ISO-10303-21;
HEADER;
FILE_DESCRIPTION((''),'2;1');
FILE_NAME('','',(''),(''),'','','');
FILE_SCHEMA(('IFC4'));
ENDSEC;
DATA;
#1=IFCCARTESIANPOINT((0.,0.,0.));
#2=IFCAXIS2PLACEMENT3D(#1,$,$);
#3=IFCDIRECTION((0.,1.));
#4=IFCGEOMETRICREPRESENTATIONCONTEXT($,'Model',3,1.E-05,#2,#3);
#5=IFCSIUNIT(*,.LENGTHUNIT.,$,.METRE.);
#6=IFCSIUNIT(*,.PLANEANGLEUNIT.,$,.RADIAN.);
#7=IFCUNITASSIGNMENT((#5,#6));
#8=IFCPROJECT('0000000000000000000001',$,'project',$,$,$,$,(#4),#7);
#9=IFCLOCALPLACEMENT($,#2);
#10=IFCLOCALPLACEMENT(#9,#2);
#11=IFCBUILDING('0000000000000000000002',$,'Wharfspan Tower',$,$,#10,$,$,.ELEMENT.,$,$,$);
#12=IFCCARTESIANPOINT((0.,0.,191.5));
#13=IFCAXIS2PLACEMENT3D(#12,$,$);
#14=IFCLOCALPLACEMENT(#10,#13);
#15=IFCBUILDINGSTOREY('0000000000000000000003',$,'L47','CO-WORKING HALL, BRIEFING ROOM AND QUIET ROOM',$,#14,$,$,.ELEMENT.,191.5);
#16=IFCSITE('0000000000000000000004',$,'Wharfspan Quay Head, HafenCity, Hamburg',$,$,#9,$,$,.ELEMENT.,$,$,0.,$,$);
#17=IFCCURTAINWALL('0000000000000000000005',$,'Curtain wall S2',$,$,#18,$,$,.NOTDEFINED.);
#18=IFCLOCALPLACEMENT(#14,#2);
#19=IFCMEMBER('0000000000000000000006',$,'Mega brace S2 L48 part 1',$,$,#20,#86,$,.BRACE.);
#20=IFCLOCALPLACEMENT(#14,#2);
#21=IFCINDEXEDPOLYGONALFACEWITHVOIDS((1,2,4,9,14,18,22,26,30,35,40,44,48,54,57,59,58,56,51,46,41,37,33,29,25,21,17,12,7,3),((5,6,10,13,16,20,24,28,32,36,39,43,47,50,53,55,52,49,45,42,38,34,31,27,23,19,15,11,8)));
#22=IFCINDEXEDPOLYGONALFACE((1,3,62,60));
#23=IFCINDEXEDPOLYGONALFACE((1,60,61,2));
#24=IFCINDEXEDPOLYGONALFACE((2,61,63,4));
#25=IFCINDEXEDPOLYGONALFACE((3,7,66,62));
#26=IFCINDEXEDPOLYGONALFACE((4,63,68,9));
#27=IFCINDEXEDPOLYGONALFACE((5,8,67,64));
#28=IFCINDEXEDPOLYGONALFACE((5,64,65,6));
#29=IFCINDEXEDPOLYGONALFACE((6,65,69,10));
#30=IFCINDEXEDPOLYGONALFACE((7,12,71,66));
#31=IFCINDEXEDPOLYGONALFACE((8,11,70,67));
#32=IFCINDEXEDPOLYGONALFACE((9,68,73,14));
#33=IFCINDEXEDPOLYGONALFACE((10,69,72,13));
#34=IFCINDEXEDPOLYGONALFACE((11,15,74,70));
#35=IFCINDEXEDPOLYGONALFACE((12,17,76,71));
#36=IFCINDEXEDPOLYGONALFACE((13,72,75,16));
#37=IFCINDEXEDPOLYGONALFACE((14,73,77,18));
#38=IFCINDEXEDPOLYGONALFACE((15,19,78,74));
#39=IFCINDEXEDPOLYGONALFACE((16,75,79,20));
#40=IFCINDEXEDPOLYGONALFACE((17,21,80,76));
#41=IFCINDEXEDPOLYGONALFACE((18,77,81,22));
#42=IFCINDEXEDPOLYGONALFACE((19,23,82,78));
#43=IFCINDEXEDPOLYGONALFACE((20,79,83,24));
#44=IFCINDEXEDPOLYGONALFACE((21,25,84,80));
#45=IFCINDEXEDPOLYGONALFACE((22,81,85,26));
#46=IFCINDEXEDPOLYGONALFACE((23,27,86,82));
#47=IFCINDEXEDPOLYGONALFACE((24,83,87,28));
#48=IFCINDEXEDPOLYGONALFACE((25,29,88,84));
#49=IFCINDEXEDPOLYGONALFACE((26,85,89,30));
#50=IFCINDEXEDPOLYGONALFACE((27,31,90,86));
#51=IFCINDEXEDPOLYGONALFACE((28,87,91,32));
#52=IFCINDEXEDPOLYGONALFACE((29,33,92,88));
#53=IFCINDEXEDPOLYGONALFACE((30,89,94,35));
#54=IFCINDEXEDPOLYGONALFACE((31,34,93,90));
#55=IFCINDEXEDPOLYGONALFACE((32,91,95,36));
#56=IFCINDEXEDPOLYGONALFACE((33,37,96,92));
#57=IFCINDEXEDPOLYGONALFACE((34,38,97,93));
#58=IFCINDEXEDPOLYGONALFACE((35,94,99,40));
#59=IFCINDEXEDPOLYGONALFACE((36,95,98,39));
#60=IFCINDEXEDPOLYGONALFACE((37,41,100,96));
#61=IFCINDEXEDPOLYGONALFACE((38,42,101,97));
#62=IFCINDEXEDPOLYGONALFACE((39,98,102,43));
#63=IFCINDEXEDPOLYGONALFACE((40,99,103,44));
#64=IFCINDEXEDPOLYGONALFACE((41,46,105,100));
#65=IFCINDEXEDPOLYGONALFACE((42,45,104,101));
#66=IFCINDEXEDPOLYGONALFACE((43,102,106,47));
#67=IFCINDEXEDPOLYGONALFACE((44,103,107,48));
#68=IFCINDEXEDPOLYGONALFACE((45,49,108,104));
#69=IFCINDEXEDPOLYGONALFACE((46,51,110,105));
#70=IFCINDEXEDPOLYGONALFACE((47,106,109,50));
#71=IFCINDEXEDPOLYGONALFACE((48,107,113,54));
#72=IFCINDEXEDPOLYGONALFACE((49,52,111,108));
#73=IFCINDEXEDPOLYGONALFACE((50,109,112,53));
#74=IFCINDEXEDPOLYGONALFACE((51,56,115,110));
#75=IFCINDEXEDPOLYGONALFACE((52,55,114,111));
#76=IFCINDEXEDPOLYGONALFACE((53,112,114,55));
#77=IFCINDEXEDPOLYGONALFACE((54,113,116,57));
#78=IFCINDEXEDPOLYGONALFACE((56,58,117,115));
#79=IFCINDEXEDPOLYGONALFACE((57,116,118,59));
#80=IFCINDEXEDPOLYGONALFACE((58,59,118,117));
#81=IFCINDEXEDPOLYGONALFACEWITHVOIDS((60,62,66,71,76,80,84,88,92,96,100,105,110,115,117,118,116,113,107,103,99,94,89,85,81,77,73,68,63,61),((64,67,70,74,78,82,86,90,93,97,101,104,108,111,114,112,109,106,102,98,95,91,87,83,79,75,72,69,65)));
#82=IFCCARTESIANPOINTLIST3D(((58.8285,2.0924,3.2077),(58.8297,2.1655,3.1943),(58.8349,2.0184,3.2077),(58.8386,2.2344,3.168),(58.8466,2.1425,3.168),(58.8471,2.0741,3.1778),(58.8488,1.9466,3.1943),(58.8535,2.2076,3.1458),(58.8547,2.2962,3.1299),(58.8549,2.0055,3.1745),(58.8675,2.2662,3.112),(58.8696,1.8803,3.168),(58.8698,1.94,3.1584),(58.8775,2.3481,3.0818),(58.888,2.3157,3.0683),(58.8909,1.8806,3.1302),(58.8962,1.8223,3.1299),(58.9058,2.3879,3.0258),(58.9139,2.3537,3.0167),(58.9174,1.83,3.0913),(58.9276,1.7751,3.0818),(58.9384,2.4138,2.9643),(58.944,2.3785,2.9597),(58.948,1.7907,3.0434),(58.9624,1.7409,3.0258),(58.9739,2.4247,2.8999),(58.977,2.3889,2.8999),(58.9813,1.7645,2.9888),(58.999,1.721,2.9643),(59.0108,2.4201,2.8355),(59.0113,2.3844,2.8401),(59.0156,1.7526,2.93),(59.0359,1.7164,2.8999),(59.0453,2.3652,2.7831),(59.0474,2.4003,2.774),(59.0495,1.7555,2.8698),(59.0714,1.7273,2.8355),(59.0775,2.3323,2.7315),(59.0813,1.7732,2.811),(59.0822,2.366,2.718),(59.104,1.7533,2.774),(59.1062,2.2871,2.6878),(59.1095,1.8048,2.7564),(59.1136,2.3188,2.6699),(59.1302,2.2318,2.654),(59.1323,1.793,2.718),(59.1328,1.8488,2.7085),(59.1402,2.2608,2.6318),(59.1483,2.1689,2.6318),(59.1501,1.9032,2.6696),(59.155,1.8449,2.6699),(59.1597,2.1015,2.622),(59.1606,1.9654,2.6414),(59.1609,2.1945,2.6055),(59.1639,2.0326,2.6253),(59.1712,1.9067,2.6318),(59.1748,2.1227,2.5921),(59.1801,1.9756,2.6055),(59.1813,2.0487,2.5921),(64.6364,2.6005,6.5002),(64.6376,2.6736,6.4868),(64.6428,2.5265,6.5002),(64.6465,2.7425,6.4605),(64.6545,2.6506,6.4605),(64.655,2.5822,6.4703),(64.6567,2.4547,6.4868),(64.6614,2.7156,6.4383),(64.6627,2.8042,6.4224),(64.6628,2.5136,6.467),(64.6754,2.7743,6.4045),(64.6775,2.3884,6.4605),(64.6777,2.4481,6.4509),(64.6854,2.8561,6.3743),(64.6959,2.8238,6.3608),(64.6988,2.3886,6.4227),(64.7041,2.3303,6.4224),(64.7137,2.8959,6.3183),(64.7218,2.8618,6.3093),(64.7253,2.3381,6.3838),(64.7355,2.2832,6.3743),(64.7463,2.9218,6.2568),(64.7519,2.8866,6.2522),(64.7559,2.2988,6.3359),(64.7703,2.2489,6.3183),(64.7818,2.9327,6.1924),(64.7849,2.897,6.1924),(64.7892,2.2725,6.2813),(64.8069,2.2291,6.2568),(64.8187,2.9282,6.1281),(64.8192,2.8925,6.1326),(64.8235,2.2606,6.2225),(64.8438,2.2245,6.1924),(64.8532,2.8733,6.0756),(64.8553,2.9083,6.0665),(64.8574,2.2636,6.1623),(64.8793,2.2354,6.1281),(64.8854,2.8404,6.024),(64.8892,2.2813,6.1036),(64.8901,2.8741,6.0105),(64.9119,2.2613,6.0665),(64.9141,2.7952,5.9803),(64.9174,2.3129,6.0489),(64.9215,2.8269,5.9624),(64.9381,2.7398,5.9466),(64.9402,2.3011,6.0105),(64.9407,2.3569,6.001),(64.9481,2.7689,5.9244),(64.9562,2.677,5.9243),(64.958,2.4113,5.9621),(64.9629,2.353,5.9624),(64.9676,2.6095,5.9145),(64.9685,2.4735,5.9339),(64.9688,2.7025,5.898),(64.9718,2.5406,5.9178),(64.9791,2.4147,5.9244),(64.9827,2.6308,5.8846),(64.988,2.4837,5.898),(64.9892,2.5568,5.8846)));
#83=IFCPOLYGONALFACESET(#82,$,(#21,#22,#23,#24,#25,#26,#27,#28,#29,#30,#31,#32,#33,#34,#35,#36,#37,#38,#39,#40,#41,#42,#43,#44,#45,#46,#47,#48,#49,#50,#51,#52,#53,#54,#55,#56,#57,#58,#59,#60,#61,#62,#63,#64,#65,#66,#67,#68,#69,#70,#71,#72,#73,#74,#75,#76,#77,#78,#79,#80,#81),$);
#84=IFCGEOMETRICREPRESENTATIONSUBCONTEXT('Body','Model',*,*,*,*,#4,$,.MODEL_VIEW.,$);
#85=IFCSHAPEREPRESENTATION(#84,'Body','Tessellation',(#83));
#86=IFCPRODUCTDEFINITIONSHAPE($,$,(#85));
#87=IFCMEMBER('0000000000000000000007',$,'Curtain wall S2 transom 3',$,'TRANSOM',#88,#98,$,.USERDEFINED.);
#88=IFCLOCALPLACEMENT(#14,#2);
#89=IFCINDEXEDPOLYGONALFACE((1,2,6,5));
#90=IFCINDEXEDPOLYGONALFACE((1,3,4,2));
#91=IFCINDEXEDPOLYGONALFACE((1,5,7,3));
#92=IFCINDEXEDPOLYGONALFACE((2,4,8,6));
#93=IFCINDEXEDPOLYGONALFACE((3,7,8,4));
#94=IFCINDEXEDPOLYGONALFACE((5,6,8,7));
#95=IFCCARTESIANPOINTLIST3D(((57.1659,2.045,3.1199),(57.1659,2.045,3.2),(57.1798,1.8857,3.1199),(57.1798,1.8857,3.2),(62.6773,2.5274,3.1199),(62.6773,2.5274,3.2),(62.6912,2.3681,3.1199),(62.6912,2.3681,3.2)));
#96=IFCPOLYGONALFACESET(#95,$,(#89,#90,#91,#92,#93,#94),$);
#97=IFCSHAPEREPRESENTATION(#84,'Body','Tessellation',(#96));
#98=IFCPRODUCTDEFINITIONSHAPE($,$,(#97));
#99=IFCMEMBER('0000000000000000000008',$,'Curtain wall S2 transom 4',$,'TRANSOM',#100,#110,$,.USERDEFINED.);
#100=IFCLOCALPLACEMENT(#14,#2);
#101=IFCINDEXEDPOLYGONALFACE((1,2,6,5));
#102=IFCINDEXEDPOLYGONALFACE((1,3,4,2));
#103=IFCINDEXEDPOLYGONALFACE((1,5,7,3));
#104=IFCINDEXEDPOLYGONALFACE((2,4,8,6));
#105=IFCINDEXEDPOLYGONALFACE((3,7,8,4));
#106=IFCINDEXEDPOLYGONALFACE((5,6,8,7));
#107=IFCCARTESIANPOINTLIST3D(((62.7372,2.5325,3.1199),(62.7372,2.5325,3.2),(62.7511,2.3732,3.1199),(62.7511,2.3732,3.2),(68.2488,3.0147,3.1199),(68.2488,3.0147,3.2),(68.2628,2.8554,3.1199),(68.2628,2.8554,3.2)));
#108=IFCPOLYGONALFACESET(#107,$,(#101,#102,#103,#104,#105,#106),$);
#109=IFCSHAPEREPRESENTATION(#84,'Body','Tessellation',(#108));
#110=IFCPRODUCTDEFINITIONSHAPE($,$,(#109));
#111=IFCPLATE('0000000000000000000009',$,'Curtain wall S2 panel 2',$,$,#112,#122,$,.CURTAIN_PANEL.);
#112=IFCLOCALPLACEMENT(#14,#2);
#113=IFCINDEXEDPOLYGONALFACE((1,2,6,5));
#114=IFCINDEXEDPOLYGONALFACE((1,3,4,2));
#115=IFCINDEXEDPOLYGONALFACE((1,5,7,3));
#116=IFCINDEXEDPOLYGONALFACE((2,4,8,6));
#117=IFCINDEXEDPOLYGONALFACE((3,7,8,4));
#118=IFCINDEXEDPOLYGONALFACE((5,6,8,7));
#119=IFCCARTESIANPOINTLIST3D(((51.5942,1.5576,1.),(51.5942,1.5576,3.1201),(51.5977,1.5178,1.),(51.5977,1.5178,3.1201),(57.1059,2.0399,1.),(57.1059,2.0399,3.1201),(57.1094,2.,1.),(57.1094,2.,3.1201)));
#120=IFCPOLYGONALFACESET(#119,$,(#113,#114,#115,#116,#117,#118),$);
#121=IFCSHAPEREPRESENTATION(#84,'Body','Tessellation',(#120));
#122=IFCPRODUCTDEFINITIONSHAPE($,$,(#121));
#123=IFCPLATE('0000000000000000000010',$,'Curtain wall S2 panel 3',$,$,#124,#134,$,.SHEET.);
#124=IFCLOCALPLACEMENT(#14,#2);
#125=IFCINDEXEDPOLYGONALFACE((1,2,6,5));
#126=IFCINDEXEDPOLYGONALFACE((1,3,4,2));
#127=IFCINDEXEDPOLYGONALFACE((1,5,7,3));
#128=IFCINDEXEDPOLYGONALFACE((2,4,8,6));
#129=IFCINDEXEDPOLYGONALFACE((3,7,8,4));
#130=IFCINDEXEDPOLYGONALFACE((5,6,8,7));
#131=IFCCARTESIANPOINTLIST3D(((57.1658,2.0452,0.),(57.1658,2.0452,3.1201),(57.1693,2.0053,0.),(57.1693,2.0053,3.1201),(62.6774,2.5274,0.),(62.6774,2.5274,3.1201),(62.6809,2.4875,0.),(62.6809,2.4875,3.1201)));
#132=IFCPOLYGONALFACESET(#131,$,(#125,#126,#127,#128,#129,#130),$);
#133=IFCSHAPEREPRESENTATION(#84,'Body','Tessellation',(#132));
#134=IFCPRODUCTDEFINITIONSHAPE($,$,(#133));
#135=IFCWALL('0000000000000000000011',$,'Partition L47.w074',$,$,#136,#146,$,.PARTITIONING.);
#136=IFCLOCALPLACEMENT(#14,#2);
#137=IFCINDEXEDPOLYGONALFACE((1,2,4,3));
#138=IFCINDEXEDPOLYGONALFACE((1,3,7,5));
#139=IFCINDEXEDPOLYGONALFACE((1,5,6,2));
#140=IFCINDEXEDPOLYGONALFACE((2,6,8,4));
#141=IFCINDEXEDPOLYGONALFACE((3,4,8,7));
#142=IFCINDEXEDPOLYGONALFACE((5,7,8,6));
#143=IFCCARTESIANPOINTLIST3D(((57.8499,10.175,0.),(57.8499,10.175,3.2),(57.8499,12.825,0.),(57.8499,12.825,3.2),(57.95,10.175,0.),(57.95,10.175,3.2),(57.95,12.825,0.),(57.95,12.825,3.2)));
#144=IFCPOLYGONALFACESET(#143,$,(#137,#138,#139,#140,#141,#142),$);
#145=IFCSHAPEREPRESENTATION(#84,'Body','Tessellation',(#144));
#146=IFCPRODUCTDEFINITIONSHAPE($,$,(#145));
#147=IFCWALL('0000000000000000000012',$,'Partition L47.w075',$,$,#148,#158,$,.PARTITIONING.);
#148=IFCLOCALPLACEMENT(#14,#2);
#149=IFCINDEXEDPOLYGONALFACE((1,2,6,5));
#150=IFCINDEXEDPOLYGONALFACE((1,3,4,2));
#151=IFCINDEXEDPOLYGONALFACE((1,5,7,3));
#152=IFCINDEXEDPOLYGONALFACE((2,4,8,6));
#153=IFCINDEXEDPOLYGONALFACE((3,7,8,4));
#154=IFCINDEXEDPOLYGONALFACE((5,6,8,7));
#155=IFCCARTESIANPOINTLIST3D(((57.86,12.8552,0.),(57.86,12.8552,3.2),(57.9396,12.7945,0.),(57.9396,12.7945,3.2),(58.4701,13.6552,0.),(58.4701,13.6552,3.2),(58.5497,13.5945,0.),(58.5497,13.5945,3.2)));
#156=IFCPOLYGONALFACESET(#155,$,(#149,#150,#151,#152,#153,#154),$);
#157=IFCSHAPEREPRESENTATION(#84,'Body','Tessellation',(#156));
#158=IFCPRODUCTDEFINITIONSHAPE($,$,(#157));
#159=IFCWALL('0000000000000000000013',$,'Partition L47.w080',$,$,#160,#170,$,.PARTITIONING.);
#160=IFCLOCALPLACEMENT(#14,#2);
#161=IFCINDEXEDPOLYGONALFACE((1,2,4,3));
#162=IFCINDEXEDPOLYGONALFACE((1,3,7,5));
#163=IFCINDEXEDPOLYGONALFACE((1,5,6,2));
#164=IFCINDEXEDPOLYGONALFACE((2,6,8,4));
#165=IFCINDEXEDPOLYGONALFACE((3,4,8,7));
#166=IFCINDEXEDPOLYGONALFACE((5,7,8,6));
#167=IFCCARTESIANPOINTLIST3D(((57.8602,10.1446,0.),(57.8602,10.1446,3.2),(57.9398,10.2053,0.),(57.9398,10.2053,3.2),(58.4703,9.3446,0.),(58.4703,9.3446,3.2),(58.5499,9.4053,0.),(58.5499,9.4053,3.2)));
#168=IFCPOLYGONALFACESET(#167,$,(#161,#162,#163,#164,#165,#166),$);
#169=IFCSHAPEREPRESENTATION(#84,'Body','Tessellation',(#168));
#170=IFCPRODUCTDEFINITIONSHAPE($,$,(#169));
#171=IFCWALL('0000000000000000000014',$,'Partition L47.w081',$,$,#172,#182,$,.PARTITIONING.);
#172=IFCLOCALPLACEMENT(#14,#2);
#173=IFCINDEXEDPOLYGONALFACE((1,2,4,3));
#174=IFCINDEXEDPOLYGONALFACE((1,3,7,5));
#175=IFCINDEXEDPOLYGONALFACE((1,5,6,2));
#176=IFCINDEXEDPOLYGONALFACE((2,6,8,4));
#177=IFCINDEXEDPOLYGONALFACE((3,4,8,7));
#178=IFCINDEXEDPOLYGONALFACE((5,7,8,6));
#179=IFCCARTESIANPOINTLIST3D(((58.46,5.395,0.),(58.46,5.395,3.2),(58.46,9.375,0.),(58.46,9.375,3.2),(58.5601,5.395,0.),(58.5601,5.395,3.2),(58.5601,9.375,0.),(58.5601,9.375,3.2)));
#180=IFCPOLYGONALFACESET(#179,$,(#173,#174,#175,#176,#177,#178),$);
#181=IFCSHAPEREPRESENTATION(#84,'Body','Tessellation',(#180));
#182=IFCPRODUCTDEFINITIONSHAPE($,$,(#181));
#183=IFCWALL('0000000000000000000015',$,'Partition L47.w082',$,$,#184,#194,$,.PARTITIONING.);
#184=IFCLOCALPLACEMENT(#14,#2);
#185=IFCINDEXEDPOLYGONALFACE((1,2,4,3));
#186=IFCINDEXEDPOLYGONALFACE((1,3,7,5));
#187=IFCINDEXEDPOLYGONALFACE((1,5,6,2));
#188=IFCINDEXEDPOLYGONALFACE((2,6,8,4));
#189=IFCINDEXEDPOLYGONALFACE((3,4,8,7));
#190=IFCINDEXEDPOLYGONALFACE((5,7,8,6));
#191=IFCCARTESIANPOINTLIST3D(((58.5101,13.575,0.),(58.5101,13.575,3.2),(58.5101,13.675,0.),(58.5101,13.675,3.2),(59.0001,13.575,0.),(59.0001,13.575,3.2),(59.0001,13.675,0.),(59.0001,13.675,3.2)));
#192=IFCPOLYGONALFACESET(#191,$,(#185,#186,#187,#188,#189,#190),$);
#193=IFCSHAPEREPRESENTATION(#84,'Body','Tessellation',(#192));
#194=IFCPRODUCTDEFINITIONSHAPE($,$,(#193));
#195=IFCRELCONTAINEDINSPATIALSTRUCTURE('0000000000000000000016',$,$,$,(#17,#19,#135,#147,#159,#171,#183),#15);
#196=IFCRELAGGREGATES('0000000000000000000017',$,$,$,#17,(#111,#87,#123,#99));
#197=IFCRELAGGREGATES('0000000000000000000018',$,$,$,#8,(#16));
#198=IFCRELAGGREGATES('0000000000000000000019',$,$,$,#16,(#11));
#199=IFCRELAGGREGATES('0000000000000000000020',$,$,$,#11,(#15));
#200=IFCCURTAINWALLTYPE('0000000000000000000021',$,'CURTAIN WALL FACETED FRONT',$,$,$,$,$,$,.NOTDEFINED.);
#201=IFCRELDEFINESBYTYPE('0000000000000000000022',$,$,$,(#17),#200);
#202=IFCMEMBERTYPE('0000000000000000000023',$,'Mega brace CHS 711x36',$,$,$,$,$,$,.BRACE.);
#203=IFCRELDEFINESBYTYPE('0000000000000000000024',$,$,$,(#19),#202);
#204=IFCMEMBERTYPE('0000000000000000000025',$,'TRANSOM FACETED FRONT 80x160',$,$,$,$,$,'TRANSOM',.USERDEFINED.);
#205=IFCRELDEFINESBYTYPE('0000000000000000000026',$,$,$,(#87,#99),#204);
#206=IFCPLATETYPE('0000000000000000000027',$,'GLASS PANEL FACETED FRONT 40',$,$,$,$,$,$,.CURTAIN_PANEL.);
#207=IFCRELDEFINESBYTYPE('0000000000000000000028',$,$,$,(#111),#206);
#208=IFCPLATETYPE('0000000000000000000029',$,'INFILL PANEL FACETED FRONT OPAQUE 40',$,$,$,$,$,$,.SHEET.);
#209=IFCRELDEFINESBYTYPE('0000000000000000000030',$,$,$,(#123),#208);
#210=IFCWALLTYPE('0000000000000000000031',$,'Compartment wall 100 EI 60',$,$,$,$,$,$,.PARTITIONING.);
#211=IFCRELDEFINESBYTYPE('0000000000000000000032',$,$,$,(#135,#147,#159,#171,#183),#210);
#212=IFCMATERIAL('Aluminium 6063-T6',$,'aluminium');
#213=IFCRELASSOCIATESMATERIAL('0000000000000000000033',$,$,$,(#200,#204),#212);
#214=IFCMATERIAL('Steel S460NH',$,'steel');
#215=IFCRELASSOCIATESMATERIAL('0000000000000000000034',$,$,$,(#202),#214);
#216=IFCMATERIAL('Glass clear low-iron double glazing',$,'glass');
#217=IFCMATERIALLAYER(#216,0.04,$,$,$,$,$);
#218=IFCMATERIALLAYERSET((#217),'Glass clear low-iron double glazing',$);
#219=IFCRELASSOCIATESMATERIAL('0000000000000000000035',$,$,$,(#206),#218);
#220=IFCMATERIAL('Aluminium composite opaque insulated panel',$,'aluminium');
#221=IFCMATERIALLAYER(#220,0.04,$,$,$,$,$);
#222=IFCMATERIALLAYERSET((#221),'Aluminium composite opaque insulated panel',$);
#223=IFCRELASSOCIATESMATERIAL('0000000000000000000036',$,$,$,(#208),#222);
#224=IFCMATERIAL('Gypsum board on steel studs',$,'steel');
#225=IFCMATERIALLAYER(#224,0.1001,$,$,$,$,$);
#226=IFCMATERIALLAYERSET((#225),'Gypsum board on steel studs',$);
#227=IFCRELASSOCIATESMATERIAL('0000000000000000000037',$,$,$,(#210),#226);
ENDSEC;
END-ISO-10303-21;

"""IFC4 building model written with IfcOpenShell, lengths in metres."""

from ifc_helpers import new_model, si_unit, direction, frame, frame_2d, origin, origin_2d, place, context, subcontext, project, spatial, rectangle, hollow_circle, extrude, material, layer, layer_set, material_profile, profile_set, type_object, element, aggregate, save


model = new_model("IFC4")

# Units and contexts
model_context = context("Model", 3, precision=1e-05, world=origin(), true_north=direction((0.0, 1.0)))
body_context = subcontext(model_context, "Body", "Model", "MODEL_VIEW")
ifc_project = project(units=[si_unit("LENGTHUNIT", "METRE"), si_unit("PLANEANGLEUNIT", "RADIAN")], contexts=[model_context])

# Site, building, storey
site_placement = place(None, origin())
site = spatial("IfcSite", under=ifc_project, at=site_placement, Name="Wharfspan Quay Head, HafenCity, Hamburg", CompositionType="ELEMENT", RefElevation=0.0)
building_placement = place(site_placement, origin())
building = spatial("IfcBuilding", under=site, at=building_placement, Name="Wharfspan Tower", CompositionType="ELEMENT")
storey_placement = place(building_placement, frame((0.0, 0.0, 191.5)))
storey = spatial("IfcBuildingStorey", under=building, at=storey_placement, Name="L47", Description="CO-WORKING HALL, BRIEFING ROOM AND QUIET ROOM", CompositionType="ELEMENT", Elevation=191.5)

# Curtain wall
ifc_material_1 = material(Name="Aluminium 6063-T6", Category="aluminium")
curtain_wall_type = type_object("IfcCurtainWallType", Name="CURTAIN WALL FACETED FRONT", PredefinedType="NOTDEFINED", material=ifc_material_1)
curtain_wall_placement = place(storey_placement, origin())
curtain_wall = element("IfcCurtainWall", 1, at=curtain_wall_placement, inside=storey, type_object=curtain_wall_type, Name="Curtain wall S2", PredefinedType="NOTDEFINED")

# Members
ifc_material_2 = material(Name="Steel S460NH", Category="steel")
ifc_material_profile_1 = material_profile(ifc_material_2, hollow_circle(Radius=0.3555, WallThickness=0.0359, at=origin_2d()))
ifc_profile_set_1 = profile_set([ifc_material_profile_1], Name="Steel S460NH")
member_type_1 = type_object("IfcMemberType", Name="Mega brace CHS 711x36", PredefinedType="BRACE", material=ifc_profile_set_1)
member_1_placement = place(storey_placement, frame((59.0049, 2.0706, 2.8999), z_axis=(0.867427, 0.07588, 0.491745), x_axis=(-0.087145, 0.996197, 0.000001)))
element("IfcMember", 2, at=member_1_placement, inside=storey, type_object=member_type_1, Name="Mega brace S2 L48 part 1", PredefinedType="BRACE", context=body_context, shape_type="SweptSolid", body=[
    extrude(hollow_circle(Radius=0.3555, WallThickness=0.0359, at=origin_2d()), origin(), (0.0, 0.0, 1.0), 6.6956),
])
ifc_material_profile_2 = material_profile(ifc_material_1, rectangle(XDim=0.1599, YDim=0.0801, at=origin_2d()))
ifc_profile_set_2 = profile_set([ifc_material_profile_2], Name="Aluminium 6063-T6")
member_type_2 = type_object("IfcMemberType", Name="TRANSOM FACETED FRONT 80x160", ElementType="TRANSOM", PredefinedType="USERDEFINED", material=ifc_profile_set_2)
member_2_placement = place(storey_placement, frame((57.1729, 1.9653, 3.1599), z_axis=(0.996191, 0.087197, 0.0), x_axis=(-0.087197, 0.996191, 0.0)))
member_2 = element("IfcMember", 3, at=member_2_placement, type_object=member_type_2, Name="Curtain wall S2 transom 3", ObjectType="TRANSOM", PredefinedType="USERDEFINED", context=body_context, shape_type="SweptSolid", body=[
    extrude(rectangle(XDim=0.1599, YDim=0.0801, at=origin_2d()), origin(), (0.0, 0.0, 1.0), 5.5325),
])
member_3_placement = place(storey_placement, frame((62.7441, 2.4529, 3.1599), z_axis=(0.996195, 0.087149, 0.0), x_axis=(-0.087149, 0.996195, 0.0)))
member_3 = element("IfcMember", 4, at=member_3_placement, type_object=member_type_2, Name="Curtain wall S2 transom 4", ObjectType="TRANSOM", PredefinedType="USERDEFINED", context=body_context, shape_type="SweptSolid", body=[
    extrude(rectangle(XDim=0.1599, YDim=0.0801, at=origin_2d()), origin(), (0.0, 0.0, 1.0), 5.5327),
])

# Plates
ifc_material_3 = material(Name="Glass clear low-iron double glazing", Category="glass")
ifc_layer_1 = layer(ifc_material_3, 0.04)
ifc_layer_set_1 = layer_set([ifc_layer_1], Name="Glass clear low-iron double glazing")
plate_type_1 = type_object("IfcPlateType", Name="GLASS PANEL FACETED FRONT 40", PredefinedType="CURTAIN_PANEL", material=ifc_layer_set_1)
plate_1_placement = place(storey_placement, frame((54.3518, 1.7788, 1.0), z_axis=(0.0, 0.0, 1.0), x_axis=(0.996198, 0.087156, 0.0)))
plate_1 = element("IfcPlate", 5, at=plate_1_placement, type_object=plate_type_1, Name="Curtain wall S2 panel 2", PredefinedType="CURTAIN_PANEL", context=body_context, shape_type="SweptSolid", body=[
    extrude(rectangle(XDim=5.5327, YDim=0.04, at=origin_2d()), origin(), (0.0, 0.0, 1.0), 2.1201),
])
ifc_material_4 = material(Name="Aluminium composite opaque insulated panel", Category="aluminium")
ifc_layer_2 = layer(ifc_material_4, 0.04)
ifc_layer_set_2 = layer_set([ifc_layer_2], Name="Aluminium composite opaque insulated panel")
plate_type_2 = type_object("IfcPlateType", Name="INFILL PANEL FACETED FRONT OPAQUE 40", PredefinedType="SHEET", material=ifc_layer_set_2)
plate_2_placement = place(storey_placement, frame((59.9233, 2.2664, 0.0), z_axis=(0.0, 0.0, 1.0), x_axis=(0.996198, 0.087156, 0.0)))
plate_2 = element("IfcPlate", 6, at=plate_2_placement, type_object=plate_type_2, Name="Curtain wall S2 panel 3", PredefinedType="SHEET", context=body_context, shape_type="SweptSolid", body=[
    extrude(rectangle(XDim=5.5327, YDim=0.04, at=origin_2d()), origin(), (0.0, 0.0, 1.0), 3.1201),
])
aggregate(curtain_wall, [plate_1, member_2, plate_2, member_3])

# Walls
ifc_material_5 = material(Name="Gypsum board on steel studs", Category="steel")
ifc_layer_3 = layer(ifc_material_5, 0.1001)
ifc_layer_set_3 = layer_set([ifc_layer_3], Name="Gypsum board on steel studs")
wall_type_1 = type_object("IfcWallType", Name="Compartment wall 100 EI 60", PredefinedType="PARTITIONING", material=ifc_layer_set_3)
wall_1_placement = place(storey_placement, frame((57.8999, 10.175, 0.0), z_axis=(0.0, 0.0, 1.0), x_axis=(0.0, 1.0, 0.0)))
element("IfcWall", 7, at=wall_1_placement, inside=storey, type_object=wall_type_1, Name="Partition L47.w074", PredefinedType="PARTITIONING", context=body_context, shape_type="SweptSolid", body=[
    extrude(rectangle(XDim=2.6499, YDim=0.1001, at=frame_2d((1.325, 0.0))), origin(), (0.0, 0.0, 1.0), 3.2),
])
for number, where, z_axis, x_axis, name in (
    (8, (57.8999, 12.825, 0.0), (0.0, 0.0, 1.0), (0.60639, 0.795174, 0.0), "Partition L47.w075"),
    (9, (58.51, 9.375, 0.0), (0.0, 0.0, 1.0), (-0.60639, 0.795174, 0.0), "Partition L47.w080"),
):
    element("IfcWall", number, at=place(storey_placement, frame(where, z_axis=z_axis, x_axis=x_axis)), inside=storey, type_object=wall_type_1, Name=name, PredefinedType="PARTITIONING", context=body_context, shape_type="SweptSolid", body=[
        extrude(rectangle(XDim=1.0061, YDim=0.1001, at=frame_2d((0.5029, 0.0))), origin(), (0.0, 0.0, 1.0), 3.2),
    ])
wall_2_placement = place(storey_placement, frame((58.51, 5.395, 0.0), z_axis=(0.0, 0.0, 1.0), x_axis=(0.0, 1.0, 0.0)))
element("IfcWall", 10, at=wall_2_placement, inside=storey, type_object=wall_type_1, Name="Partition L47.w081", PredefinedType="PARTITIONING", context=body_context, shape_type="SweptSolid", body=[
    extrude(rectangle(XDim=3.98, YDim=0.1001, at=frame_2d((1.99, 0.0))), origin(), (0.0, 0.0, 1.0), 3.2),
])
wall_3_placement = place(storey_placement, frame((58.51, 13.625, 0.0), z_axis=(0.0, 0.0, 1.0), x_axis=(1.0, 0.0, 0.0)))
element("IfcWall", 11, at=wall_3_placement, inside=storey, type_object=wall_type_1, Name="Partition L47.w082", PredefinedType="PARTITIONING", context=body_context, shape_type="SweptSolid", body=[
    extrude(rectangle(XDim=0.49, YDim=0.1001, at=frame_2d((0.2451, 0.0))), origin(), (0.0, 0.0, 1.0), 3.2),
])

save(model, "model.ifc")
